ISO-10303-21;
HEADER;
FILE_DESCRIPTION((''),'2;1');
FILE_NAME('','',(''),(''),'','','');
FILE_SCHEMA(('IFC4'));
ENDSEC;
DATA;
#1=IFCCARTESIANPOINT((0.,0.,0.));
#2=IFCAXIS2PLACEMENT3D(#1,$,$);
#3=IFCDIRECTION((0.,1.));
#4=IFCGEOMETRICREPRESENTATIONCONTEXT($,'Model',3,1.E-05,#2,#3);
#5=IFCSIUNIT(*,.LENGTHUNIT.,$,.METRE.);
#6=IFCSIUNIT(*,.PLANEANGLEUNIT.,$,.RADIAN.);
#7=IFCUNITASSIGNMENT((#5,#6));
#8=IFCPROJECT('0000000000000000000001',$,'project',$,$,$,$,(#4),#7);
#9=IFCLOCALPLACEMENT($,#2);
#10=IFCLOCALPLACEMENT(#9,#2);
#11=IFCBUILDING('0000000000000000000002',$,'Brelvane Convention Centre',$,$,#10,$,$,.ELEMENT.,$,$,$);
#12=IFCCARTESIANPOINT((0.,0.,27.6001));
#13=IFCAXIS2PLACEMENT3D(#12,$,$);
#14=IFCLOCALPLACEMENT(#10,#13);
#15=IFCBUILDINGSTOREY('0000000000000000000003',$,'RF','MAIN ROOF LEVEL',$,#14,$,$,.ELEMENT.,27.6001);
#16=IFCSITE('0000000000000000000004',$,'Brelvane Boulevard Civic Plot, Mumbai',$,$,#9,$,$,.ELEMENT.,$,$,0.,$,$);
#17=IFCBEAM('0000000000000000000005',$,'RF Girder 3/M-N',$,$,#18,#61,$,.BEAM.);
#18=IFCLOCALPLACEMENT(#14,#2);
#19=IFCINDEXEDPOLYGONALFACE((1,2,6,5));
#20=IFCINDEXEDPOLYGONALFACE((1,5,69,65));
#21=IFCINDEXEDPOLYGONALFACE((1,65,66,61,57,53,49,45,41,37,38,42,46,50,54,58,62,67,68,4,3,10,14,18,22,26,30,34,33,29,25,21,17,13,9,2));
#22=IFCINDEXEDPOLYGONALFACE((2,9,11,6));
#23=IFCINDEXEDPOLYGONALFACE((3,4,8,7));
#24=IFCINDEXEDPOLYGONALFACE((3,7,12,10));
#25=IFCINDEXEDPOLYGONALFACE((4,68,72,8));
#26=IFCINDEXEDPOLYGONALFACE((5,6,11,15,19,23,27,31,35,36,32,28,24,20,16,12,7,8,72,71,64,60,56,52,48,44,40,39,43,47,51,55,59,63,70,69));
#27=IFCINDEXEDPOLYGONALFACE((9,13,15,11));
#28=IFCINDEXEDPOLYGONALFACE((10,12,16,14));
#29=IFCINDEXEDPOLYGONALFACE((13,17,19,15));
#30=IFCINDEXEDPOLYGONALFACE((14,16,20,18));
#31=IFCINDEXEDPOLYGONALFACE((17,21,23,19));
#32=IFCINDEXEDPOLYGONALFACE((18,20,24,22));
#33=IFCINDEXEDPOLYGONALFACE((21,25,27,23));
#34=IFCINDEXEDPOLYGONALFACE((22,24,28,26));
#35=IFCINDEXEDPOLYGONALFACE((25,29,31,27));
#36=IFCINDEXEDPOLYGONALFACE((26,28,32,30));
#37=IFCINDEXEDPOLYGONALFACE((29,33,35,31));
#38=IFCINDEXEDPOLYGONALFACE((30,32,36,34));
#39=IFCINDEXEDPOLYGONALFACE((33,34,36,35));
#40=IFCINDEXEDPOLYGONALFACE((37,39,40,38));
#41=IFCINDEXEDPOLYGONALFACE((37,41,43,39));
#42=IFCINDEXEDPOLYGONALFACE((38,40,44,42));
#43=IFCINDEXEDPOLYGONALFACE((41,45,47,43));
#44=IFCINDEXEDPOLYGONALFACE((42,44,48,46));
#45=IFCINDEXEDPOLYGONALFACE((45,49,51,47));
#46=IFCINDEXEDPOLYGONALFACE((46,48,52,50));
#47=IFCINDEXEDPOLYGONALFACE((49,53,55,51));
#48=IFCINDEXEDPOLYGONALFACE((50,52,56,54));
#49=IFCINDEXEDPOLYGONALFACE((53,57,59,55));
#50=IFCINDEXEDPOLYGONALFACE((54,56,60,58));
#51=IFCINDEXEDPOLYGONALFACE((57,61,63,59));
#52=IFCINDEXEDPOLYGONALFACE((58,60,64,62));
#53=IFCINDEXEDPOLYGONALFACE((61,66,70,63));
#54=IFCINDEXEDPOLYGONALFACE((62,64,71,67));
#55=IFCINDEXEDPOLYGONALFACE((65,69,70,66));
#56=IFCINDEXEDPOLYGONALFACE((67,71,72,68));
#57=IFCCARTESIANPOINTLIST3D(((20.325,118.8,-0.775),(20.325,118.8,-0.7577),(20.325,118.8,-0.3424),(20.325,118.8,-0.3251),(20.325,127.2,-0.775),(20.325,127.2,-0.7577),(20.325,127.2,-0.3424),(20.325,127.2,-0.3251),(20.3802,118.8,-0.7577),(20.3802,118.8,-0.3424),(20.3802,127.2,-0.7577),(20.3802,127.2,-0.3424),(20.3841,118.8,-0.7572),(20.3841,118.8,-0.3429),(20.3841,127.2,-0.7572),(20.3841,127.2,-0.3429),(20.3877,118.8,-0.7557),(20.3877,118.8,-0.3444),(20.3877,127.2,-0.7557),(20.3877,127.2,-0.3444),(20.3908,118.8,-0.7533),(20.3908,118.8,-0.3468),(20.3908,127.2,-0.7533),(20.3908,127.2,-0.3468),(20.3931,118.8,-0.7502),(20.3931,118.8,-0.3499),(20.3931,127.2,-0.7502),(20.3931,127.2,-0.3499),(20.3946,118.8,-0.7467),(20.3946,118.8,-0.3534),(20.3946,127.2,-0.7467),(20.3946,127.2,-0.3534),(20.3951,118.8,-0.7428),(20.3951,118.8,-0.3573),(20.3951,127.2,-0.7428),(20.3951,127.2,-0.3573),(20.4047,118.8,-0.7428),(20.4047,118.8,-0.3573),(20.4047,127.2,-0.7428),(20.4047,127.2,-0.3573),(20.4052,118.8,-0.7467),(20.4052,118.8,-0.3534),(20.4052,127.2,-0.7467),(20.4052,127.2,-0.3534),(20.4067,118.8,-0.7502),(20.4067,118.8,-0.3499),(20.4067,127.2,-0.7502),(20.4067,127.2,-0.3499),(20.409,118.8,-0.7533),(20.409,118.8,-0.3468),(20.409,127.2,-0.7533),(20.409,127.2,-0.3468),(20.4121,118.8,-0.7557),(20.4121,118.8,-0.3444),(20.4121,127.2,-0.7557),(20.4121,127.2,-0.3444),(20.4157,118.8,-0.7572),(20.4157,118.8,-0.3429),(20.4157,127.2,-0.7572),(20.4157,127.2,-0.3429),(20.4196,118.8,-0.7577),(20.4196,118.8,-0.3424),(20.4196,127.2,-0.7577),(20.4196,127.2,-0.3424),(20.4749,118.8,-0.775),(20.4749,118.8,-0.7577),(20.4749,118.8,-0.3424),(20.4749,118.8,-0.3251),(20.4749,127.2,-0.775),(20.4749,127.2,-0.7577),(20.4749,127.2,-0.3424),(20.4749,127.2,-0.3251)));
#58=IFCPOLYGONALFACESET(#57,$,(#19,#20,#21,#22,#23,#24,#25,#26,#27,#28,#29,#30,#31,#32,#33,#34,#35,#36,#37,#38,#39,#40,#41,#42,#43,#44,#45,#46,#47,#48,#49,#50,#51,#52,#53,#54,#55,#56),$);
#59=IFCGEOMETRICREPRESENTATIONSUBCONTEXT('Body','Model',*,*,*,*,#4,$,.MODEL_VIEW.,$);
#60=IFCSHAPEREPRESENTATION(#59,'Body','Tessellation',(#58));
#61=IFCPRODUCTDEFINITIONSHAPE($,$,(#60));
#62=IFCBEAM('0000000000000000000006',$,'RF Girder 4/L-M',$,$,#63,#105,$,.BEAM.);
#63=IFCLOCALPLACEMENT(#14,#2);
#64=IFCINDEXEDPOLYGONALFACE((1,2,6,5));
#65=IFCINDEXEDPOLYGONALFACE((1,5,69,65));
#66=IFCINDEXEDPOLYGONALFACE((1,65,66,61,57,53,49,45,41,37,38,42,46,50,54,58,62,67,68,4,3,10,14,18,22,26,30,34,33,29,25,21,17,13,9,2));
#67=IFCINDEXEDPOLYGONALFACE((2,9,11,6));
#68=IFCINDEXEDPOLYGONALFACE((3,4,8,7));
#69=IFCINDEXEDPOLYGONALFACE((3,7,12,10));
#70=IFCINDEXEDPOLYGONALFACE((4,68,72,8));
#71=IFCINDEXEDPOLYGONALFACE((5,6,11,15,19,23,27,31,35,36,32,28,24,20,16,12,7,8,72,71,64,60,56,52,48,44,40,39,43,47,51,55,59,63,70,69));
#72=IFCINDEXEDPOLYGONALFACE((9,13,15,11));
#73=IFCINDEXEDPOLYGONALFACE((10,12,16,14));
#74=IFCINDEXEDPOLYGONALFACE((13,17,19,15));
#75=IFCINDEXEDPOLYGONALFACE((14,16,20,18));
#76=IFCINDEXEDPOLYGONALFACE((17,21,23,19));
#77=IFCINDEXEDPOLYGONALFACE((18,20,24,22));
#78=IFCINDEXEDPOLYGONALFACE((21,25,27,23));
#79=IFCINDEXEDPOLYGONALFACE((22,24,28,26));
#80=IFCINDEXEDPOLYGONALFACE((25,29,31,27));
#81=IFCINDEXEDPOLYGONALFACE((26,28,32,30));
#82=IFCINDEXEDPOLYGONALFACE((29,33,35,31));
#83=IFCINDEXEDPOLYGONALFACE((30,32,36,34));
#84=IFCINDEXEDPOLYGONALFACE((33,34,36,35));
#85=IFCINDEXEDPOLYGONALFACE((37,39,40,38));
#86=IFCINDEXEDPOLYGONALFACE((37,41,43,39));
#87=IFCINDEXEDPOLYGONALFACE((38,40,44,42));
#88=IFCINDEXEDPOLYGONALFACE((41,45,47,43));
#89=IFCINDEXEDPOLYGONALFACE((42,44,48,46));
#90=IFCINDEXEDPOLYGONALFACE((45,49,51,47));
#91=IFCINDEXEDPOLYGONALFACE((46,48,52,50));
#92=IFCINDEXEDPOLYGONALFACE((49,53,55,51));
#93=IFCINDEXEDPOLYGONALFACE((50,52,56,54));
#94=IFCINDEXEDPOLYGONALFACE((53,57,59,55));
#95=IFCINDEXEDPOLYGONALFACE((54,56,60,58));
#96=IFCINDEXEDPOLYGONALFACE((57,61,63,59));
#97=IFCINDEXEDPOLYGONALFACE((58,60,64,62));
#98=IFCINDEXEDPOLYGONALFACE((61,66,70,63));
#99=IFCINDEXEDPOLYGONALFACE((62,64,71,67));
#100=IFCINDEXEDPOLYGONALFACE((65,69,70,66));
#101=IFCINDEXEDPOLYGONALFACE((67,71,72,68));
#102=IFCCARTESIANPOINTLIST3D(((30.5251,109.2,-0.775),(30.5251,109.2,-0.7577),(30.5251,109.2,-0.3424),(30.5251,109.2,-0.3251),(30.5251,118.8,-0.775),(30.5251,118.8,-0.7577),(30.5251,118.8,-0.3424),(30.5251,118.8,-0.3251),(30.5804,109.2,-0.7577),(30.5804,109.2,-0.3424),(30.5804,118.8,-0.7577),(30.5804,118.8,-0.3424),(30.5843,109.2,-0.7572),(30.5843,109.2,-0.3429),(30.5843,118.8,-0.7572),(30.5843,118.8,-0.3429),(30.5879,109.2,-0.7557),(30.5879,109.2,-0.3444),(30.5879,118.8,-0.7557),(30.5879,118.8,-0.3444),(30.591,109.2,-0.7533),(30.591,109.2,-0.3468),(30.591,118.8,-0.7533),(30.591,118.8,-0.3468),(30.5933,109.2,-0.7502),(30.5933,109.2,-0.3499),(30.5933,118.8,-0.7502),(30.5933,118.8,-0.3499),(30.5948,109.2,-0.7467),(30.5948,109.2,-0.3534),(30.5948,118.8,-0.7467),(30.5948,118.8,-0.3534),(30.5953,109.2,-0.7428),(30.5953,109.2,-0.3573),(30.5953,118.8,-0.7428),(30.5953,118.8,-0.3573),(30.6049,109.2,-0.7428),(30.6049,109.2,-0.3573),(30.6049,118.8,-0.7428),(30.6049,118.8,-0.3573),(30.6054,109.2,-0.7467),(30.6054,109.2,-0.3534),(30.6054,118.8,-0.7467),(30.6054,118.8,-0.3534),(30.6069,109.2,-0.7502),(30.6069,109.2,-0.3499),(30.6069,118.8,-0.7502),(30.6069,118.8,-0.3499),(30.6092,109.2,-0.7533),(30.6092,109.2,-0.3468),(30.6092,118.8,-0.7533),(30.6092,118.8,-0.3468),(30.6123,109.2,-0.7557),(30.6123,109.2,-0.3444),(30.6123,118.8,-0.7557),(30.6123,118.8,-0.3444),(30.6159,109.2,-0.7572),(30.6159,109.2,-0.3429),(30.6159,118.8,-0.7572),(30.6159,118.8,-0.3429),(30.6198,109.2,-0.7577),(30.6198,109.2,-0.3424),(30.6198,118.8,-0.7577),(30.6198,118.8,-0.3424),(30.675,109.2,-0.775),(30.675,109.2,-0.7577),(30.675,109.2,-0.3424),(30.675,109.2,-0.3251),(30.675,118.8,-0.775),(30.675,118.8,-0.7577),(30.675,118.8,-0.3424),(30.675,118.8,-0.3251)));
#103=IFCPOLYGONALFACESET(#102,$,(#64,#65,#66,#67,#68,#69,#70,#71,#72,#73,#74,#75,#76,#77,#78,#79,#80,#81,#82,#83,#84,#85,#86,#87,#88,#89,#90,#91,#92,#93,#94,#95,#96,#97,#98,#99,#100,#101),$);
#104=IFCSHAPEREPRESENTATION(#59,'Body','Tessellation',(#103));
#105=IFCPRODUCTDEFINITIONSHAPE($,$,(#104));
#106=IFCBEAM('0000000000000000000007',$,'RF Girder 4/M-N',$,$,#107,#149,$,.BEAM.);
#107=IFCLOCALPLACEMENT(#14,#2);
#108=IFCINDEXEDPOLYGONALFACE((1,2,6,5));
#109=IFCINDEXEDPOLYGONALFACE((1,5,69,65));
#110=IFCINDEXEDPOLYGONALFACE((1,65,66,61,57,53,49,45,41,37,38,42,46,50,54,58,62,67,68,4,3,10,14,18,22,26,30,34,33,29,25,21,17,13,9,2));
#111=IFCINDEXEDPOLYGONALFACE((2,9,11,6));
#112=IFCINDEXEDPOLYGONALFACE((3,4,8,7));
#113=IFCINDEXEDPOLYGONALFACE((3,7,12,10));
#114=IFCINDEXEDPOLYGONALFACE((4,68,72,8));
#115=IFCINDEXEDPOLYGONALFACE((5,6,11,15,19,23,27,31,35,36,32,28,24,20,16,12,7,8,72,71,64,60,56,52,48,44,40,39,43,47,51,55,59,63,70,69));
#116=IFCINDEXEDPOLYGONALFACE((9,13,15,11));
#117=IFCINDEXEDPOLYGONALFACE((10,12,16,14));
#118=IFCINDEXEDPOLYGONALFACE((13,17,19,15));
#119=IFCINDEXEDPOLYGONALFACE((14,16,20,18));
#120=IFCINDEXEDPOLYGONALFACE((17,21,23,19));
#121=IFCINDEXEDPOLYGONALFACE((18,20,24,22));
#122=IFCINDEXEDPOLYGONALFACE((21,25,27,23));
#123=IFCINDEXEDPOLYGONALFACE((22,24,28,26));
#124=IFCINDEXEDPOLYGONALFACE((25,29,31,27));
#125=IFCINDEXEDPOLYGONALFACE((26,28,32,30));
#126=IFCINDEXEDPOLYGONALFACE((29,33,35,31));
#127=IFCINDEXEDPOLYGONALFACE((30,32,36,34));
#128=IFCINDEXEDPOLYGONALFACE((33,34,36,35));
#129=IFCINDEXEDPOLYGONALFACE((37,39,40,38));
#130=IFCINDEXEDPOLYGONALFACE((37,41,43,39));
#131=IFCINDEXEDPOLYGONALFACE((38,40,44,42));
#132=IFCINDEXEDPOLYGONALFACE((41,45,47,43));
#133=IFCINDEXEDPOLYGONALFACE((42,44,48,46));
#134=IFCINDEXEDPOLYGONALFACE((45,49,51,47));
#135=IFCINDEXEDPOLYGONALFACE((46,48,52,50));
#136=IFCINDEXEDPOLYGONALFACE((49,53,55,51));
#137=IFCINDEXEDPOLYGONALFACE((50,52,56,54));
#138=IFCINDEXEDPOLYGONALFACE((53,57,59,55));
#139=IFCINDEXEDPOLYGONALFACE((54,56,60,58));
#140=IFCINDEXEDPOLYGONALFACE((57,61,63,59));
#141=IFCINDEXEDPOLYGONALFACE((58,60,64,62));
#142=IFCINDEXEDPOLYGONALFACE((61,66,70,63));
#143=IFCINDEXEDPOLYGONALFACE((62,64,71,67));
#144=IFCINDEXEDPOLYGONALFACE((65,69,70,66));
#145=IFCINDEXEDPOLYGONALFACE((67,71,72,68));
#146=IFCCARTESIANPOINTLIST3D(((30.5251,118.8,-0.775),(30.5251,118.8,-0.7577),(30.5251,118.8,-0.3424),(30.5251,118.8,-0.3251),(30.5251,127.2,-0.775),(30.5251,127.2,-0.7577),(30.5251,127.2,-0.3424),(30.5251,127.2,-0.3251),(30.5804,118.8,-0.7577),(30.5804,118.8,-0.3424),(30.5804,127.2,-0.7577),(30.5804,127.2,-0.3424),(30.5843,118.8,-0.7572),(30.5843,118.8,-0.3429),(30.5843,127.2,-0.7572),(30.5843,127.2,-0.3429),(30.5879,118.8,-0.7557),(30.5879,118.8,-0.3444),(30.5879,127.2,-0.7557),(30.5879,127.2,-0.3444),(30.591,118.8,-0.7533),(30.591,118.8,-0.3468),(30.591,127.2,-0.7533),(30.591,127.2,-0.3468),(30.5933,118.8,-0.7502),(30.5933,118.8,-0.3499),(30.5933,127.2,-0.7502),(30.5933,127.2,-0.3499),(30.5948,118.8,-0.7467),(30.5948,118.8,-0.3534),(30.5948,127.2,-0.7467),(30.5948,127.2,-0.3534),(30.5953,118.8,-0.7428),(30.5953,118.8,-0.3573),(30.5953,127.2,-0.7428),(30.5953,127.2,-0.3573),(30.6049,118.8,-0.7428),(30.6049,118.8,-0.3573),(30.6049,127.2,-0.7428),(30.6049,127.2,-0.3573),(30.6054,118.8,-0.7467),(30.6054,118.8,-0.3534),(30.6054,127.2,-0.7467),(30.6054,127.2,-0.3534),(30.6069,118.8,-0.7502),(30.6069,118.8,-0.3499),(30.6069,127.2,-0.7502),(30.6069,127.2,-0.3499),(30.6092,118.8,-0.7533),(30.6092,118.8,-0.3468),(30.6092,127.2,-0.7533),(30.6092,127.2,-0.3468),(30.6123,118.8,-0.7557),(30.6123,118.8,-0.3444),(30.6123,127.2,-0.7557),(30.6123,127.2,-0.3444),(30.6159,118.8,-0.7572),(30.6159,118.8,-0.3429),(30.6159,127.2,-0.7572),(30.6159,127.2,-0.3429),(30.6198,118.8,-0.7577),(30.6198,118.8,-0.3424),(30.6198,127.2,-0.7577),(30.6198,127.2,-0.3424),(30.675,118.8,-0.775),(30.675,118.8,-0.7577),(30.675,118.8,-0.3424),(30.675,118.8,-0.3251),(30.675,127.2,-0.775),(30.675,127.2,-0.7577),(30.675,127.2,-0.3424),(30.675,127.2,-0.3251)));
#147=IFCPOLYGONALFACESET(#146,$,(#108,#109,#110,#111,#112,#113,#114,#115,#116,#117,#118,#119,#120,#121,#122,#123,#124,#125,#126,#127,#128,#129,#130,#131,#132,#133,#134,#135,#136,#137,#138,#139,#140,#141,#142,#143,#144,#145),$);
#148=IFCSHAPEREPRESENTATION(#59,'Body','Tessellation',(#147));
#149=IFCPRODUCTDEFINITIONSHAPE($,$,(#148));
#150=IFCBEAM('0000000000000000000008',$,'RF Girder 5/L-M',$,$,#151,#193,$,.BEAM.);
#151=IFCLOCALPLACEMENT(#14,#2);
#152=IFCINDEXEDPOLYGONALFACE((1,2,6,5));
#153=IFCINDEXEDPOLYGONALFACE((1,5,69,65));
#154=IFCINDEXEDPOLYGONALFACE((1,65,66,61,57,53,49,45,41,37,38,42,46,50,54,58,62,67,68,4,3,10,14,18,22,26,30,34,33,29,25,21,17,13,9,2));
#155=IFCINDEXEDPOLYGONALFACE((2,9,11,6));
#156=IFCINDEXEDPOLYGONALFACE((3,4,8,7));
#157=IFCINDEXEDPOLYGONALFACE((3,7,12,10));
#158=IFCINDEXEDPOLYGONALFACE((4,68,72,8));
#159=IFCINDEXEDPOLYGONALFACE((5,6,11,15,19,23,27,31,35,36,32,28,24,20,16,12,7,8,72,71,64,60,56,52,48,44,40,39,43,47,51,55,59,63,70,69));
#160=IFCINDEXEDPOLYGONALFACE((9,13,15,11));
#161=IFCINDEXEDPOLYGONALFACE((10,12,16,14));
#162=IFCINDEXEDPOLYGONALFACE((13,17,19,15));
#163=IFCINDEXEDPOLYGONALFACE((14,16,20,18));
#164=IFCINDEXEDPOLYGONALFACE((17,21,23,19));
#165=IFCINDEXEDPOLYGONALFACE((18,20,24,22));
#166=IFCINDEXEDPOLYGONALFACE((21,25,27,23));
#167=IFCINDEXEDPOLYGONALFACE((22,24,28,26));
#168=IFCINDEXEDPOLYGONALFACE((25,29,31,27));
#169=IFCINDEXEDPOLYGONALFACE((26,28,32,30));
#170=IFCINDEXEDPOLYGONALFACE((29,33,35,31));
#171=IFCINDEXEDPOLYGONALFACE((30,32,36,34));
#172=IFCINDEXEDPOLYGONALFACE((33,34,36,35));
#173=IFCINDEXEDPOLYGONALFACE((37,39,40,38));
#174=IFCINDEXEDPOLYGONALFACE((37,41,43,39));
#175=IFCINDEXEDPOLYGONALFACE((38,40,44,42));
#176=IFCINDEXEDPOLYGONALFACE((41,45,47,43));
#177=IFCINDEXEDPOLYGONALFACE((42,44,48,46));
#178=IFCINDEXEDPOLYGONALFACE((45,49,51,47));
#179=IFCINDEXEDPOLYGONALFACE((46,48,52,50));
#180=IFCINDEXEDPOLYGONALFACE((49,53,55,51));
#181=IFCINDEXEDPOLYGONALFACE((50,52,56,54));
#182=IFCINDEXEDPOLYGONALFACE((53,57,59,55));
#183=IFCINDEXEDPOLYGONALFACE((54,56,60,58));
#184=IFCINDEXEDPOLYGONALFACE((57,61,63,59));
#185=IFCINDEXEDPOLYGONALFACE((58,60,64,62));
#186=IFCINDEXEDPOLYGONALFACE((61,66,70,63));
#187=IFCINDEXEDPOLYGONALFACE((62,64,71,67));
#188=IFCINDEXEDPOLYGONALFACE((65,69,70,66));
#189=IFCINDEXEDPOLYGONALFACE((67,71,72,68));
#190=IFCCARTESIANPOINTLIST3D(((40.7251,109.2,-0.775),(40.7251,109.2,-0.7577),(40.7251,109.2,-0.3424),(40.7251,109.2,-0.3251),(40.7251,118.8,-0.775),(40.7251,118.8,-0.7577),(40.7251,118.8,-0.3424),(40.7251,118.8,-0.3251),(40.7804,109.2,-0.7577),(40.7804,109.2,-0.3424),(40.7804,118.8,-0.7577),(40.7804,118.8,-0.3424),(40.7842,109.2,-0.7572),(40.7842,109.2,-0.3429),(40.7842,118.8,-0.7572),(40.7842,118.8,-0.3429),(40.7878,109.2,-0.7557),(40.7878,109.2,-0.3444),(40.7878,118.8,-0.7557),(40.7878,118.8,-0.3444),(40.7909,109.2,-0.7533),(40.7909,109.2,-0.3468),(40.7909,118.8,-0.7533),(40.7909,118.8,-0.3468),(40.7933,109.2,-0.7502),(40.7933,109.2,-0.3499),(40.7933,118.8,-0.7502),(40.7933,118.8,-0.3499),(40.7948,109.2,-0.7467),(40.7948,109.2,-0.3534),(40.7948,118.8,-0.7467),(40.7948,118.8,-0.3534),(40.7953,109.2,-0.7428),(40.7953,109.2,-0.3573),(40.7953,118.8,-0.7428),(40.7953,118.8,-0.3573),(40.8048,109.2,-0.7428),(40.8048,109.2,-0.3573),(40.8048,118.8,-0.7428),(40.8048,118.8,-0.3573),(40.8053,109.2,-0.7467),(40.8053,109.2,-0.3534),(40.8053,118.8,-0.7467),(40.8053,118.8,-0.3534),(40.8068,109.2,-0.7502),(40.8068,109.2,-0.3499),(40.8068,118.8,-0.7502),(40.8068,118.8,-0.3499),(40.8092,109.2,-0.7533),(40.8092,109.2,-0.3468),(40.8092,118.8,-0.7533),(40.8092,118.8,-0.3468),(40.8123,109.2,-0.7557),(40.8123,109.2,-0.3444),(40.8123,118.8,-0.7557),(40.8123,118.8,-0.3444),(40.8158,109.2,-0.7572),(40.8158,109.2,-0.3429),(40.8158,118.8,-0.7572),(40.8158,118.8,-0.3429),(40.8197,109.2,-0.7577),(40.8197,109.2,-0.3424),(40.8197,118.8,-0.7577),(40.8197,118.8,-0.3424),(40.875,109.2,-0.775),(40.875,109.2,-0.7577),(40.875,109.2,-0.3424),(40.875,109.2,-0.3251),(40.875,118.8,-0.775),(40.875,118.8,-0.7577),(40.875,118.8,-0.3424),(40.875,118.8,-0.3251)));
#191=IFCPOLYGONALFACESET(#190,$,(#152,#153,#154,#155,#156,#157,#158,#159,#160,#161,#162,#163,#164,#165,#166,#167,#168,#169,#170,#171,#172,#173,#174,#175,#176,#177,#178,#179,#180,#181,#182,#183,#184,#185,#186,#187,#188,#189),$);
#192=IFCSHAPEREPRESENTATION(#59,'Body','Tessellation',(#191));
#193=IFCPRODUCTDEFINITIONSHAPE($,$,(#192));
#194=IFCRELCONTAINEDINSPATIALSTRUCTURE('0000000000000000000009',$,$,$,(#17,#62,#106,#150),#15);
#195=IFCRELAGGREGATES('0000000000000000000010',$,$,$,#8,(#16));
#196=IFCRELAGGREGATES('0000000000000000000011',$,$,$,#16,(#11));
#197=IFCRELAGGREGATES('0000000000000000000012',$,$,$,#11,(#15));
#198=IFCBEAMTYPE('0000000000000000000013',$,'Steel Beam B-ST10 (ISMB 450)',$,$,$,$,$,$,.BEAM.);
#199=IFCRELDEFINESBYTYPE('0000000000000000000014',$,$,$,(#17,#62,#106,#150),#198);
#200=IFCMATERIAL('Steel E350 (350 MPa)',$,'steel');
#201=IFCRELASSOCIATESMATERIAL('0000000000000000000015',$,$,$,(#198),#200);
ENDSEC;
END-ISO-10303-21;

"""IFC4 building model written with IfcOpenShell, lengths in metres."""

from ifc_helpers import new_model, si_unit, direction, frame, origin, origin_2d, place, context, subcontext, project, spatial, i_section, extrude, material, material_profile, profile_set, type_object, element, save


model = new_model("IFC4")

# Units and contexts
model_context = context("Model", 3, precision=1e-05, world=origin(), true_north=direction((0.0, 1.0)))
body_context = subcontext(model_context, "Body", "Model", "MODEL_VIEW")
ifc_project = project(units=[si_unit("LENGTHUNIT", "METRE"), si_unit("PLANEANGLEUNIT", "RADIAN")], contexts=[model_context])

# Site, building, storey
site_placement = place(None, origin())
site = spatial("IfcSite", under=ifc_project, at=site_placement, Name="Brelvane Boulevard Civic Plot, Mumbai", CompositionType="ELEMENT", RefElevation=0.0)
building_placement = place(site_placement, origin())
building = spatial("IfcBuilding", under=site, at=building_placement, Name="Brelvane Convention Centre", CompositionType="ELEMENT")
storey_placement = place(building_placement, frame((0.0, 0.0, 27.6001)))
storey = spatial("IfcBuildingStorey", under=building, at=storey_placement, Name="RF", Description="MAIN ROOF LEVEL", CompositionType="ELEMENT", Elevation=27.6001)

# Beams
ifc_material_1 = material(Name="Steel E350 (350 MPa)", Category="steel")
ifc_material_profile_1 = material_profile(ifc_material_1, i_section(OverallWidth=0.1499, OverallDepth=0.45, WebThickness=0.0095, FlangeThickness=0.0173, FilletRadius=0.0149, at=origin_2d()), Name="ISMB 450")
ifc_profile_set_1 = profile_set([ifc_material_profile_1], Name="Steel E350 (350 MPa)")
beam_type_1 = type_object("IfcBeamType", Name="Steel Beam B-ST10 (ISMB 450)", PredefinedType="BEAM", material=ifc_profile_set_1)
beam_1_placement = place(storey_placement, frame((20.3999, 118.8, -0.55), z_axis=(0.0, 1.0, 0.0), x_axis=(-1.0, 0.0, 0.0)))
element("IfcBeam", 1, at=beam_1_placement, inside=storey, type_object=beam_type_1, Name="RF Girder 3/M-N", PredefinedType="BEAM", context=body_context, shape_type="SweptSolid", body=[
    extrude(i_section(OverallWidth=0.1499, OverallDepth=0.45, WebThickness=0.0095, FlangeThickness=0.0173, FilletRadius=0.0149, at=origin_2d()), origin(), (0.0, 0.0, 1.0), 8.3999),
])
beam_2_placement = place(storey_placement, frame((30.6001, 109.2, -0.55), z_axis=(0.0, 1.0, 0.0), x_axis=(-1.0, 0.0, 0.0)))
element("IfcBeam", 2, at=beam_2_placement, inside=storey, type_object=beam_type_1, Name="RF Girder 4/L-M", PredefinedType="BEAM", context=body_context, shape_type="SweptSolid", body=[
    extrude(i_section(OverallWidth=0.1499, OverallDepth=0.45, WebThickness=0.0095, FlangeThickness=0.0173, FilletRadius=0.0149, at=origin_2d()), origin(), (0.0, 0.0, 1.0), 9.6001),
])
beam_3_placement = place(storey_placement, frame((30.6001, 118.8, -0.55), z_axis=(0.0, 1.0, 0.0), x_axis=(-1.0, 0.0, 0.0)))
element("IfcBeam", 3, at=beam_3_placement, inside=storey, type_object=beam_type_1, Name="RF Girder 4/M-N", PredefinedType="BEAM", context=body_context, shape_type="SweptSolid", body=[
    extrude(i_section(OverallWidth=0.1499, OverallDepth=0.45, WebThickness=0.0095, FlangeThickness=0.0173, FilletRadius=0.0149, at=origin_2d()), origin(), (0.0, 0.0, 1.0), 8.3999),
])
beam_4_placement = place(storey_placement, frame((40.8, 109.2, -0.55), z_axis=(0.0, 1.0, 0.0), x_axis=(-1.0, 0.0, 0.0)))
element("IfcBeam", 4, at=beam_4_placement, inside=storey, type_object=beam_type_1, Name="RF Girder 5/L-M", PredefinedType="BEAM", context=body_context, shape_type="SweptSolid", body=[
    extrude(i_section(OverallWidth=0.1499, OverallDepth=0.45, WebThickness=0.0095, FlangeThickness=0.0173, FilletRadius=0.0149, at=origin_2d()), origin(), (0.0, 0.0, 1.0), 9.6001),
])

save(model, "model.ifc")
